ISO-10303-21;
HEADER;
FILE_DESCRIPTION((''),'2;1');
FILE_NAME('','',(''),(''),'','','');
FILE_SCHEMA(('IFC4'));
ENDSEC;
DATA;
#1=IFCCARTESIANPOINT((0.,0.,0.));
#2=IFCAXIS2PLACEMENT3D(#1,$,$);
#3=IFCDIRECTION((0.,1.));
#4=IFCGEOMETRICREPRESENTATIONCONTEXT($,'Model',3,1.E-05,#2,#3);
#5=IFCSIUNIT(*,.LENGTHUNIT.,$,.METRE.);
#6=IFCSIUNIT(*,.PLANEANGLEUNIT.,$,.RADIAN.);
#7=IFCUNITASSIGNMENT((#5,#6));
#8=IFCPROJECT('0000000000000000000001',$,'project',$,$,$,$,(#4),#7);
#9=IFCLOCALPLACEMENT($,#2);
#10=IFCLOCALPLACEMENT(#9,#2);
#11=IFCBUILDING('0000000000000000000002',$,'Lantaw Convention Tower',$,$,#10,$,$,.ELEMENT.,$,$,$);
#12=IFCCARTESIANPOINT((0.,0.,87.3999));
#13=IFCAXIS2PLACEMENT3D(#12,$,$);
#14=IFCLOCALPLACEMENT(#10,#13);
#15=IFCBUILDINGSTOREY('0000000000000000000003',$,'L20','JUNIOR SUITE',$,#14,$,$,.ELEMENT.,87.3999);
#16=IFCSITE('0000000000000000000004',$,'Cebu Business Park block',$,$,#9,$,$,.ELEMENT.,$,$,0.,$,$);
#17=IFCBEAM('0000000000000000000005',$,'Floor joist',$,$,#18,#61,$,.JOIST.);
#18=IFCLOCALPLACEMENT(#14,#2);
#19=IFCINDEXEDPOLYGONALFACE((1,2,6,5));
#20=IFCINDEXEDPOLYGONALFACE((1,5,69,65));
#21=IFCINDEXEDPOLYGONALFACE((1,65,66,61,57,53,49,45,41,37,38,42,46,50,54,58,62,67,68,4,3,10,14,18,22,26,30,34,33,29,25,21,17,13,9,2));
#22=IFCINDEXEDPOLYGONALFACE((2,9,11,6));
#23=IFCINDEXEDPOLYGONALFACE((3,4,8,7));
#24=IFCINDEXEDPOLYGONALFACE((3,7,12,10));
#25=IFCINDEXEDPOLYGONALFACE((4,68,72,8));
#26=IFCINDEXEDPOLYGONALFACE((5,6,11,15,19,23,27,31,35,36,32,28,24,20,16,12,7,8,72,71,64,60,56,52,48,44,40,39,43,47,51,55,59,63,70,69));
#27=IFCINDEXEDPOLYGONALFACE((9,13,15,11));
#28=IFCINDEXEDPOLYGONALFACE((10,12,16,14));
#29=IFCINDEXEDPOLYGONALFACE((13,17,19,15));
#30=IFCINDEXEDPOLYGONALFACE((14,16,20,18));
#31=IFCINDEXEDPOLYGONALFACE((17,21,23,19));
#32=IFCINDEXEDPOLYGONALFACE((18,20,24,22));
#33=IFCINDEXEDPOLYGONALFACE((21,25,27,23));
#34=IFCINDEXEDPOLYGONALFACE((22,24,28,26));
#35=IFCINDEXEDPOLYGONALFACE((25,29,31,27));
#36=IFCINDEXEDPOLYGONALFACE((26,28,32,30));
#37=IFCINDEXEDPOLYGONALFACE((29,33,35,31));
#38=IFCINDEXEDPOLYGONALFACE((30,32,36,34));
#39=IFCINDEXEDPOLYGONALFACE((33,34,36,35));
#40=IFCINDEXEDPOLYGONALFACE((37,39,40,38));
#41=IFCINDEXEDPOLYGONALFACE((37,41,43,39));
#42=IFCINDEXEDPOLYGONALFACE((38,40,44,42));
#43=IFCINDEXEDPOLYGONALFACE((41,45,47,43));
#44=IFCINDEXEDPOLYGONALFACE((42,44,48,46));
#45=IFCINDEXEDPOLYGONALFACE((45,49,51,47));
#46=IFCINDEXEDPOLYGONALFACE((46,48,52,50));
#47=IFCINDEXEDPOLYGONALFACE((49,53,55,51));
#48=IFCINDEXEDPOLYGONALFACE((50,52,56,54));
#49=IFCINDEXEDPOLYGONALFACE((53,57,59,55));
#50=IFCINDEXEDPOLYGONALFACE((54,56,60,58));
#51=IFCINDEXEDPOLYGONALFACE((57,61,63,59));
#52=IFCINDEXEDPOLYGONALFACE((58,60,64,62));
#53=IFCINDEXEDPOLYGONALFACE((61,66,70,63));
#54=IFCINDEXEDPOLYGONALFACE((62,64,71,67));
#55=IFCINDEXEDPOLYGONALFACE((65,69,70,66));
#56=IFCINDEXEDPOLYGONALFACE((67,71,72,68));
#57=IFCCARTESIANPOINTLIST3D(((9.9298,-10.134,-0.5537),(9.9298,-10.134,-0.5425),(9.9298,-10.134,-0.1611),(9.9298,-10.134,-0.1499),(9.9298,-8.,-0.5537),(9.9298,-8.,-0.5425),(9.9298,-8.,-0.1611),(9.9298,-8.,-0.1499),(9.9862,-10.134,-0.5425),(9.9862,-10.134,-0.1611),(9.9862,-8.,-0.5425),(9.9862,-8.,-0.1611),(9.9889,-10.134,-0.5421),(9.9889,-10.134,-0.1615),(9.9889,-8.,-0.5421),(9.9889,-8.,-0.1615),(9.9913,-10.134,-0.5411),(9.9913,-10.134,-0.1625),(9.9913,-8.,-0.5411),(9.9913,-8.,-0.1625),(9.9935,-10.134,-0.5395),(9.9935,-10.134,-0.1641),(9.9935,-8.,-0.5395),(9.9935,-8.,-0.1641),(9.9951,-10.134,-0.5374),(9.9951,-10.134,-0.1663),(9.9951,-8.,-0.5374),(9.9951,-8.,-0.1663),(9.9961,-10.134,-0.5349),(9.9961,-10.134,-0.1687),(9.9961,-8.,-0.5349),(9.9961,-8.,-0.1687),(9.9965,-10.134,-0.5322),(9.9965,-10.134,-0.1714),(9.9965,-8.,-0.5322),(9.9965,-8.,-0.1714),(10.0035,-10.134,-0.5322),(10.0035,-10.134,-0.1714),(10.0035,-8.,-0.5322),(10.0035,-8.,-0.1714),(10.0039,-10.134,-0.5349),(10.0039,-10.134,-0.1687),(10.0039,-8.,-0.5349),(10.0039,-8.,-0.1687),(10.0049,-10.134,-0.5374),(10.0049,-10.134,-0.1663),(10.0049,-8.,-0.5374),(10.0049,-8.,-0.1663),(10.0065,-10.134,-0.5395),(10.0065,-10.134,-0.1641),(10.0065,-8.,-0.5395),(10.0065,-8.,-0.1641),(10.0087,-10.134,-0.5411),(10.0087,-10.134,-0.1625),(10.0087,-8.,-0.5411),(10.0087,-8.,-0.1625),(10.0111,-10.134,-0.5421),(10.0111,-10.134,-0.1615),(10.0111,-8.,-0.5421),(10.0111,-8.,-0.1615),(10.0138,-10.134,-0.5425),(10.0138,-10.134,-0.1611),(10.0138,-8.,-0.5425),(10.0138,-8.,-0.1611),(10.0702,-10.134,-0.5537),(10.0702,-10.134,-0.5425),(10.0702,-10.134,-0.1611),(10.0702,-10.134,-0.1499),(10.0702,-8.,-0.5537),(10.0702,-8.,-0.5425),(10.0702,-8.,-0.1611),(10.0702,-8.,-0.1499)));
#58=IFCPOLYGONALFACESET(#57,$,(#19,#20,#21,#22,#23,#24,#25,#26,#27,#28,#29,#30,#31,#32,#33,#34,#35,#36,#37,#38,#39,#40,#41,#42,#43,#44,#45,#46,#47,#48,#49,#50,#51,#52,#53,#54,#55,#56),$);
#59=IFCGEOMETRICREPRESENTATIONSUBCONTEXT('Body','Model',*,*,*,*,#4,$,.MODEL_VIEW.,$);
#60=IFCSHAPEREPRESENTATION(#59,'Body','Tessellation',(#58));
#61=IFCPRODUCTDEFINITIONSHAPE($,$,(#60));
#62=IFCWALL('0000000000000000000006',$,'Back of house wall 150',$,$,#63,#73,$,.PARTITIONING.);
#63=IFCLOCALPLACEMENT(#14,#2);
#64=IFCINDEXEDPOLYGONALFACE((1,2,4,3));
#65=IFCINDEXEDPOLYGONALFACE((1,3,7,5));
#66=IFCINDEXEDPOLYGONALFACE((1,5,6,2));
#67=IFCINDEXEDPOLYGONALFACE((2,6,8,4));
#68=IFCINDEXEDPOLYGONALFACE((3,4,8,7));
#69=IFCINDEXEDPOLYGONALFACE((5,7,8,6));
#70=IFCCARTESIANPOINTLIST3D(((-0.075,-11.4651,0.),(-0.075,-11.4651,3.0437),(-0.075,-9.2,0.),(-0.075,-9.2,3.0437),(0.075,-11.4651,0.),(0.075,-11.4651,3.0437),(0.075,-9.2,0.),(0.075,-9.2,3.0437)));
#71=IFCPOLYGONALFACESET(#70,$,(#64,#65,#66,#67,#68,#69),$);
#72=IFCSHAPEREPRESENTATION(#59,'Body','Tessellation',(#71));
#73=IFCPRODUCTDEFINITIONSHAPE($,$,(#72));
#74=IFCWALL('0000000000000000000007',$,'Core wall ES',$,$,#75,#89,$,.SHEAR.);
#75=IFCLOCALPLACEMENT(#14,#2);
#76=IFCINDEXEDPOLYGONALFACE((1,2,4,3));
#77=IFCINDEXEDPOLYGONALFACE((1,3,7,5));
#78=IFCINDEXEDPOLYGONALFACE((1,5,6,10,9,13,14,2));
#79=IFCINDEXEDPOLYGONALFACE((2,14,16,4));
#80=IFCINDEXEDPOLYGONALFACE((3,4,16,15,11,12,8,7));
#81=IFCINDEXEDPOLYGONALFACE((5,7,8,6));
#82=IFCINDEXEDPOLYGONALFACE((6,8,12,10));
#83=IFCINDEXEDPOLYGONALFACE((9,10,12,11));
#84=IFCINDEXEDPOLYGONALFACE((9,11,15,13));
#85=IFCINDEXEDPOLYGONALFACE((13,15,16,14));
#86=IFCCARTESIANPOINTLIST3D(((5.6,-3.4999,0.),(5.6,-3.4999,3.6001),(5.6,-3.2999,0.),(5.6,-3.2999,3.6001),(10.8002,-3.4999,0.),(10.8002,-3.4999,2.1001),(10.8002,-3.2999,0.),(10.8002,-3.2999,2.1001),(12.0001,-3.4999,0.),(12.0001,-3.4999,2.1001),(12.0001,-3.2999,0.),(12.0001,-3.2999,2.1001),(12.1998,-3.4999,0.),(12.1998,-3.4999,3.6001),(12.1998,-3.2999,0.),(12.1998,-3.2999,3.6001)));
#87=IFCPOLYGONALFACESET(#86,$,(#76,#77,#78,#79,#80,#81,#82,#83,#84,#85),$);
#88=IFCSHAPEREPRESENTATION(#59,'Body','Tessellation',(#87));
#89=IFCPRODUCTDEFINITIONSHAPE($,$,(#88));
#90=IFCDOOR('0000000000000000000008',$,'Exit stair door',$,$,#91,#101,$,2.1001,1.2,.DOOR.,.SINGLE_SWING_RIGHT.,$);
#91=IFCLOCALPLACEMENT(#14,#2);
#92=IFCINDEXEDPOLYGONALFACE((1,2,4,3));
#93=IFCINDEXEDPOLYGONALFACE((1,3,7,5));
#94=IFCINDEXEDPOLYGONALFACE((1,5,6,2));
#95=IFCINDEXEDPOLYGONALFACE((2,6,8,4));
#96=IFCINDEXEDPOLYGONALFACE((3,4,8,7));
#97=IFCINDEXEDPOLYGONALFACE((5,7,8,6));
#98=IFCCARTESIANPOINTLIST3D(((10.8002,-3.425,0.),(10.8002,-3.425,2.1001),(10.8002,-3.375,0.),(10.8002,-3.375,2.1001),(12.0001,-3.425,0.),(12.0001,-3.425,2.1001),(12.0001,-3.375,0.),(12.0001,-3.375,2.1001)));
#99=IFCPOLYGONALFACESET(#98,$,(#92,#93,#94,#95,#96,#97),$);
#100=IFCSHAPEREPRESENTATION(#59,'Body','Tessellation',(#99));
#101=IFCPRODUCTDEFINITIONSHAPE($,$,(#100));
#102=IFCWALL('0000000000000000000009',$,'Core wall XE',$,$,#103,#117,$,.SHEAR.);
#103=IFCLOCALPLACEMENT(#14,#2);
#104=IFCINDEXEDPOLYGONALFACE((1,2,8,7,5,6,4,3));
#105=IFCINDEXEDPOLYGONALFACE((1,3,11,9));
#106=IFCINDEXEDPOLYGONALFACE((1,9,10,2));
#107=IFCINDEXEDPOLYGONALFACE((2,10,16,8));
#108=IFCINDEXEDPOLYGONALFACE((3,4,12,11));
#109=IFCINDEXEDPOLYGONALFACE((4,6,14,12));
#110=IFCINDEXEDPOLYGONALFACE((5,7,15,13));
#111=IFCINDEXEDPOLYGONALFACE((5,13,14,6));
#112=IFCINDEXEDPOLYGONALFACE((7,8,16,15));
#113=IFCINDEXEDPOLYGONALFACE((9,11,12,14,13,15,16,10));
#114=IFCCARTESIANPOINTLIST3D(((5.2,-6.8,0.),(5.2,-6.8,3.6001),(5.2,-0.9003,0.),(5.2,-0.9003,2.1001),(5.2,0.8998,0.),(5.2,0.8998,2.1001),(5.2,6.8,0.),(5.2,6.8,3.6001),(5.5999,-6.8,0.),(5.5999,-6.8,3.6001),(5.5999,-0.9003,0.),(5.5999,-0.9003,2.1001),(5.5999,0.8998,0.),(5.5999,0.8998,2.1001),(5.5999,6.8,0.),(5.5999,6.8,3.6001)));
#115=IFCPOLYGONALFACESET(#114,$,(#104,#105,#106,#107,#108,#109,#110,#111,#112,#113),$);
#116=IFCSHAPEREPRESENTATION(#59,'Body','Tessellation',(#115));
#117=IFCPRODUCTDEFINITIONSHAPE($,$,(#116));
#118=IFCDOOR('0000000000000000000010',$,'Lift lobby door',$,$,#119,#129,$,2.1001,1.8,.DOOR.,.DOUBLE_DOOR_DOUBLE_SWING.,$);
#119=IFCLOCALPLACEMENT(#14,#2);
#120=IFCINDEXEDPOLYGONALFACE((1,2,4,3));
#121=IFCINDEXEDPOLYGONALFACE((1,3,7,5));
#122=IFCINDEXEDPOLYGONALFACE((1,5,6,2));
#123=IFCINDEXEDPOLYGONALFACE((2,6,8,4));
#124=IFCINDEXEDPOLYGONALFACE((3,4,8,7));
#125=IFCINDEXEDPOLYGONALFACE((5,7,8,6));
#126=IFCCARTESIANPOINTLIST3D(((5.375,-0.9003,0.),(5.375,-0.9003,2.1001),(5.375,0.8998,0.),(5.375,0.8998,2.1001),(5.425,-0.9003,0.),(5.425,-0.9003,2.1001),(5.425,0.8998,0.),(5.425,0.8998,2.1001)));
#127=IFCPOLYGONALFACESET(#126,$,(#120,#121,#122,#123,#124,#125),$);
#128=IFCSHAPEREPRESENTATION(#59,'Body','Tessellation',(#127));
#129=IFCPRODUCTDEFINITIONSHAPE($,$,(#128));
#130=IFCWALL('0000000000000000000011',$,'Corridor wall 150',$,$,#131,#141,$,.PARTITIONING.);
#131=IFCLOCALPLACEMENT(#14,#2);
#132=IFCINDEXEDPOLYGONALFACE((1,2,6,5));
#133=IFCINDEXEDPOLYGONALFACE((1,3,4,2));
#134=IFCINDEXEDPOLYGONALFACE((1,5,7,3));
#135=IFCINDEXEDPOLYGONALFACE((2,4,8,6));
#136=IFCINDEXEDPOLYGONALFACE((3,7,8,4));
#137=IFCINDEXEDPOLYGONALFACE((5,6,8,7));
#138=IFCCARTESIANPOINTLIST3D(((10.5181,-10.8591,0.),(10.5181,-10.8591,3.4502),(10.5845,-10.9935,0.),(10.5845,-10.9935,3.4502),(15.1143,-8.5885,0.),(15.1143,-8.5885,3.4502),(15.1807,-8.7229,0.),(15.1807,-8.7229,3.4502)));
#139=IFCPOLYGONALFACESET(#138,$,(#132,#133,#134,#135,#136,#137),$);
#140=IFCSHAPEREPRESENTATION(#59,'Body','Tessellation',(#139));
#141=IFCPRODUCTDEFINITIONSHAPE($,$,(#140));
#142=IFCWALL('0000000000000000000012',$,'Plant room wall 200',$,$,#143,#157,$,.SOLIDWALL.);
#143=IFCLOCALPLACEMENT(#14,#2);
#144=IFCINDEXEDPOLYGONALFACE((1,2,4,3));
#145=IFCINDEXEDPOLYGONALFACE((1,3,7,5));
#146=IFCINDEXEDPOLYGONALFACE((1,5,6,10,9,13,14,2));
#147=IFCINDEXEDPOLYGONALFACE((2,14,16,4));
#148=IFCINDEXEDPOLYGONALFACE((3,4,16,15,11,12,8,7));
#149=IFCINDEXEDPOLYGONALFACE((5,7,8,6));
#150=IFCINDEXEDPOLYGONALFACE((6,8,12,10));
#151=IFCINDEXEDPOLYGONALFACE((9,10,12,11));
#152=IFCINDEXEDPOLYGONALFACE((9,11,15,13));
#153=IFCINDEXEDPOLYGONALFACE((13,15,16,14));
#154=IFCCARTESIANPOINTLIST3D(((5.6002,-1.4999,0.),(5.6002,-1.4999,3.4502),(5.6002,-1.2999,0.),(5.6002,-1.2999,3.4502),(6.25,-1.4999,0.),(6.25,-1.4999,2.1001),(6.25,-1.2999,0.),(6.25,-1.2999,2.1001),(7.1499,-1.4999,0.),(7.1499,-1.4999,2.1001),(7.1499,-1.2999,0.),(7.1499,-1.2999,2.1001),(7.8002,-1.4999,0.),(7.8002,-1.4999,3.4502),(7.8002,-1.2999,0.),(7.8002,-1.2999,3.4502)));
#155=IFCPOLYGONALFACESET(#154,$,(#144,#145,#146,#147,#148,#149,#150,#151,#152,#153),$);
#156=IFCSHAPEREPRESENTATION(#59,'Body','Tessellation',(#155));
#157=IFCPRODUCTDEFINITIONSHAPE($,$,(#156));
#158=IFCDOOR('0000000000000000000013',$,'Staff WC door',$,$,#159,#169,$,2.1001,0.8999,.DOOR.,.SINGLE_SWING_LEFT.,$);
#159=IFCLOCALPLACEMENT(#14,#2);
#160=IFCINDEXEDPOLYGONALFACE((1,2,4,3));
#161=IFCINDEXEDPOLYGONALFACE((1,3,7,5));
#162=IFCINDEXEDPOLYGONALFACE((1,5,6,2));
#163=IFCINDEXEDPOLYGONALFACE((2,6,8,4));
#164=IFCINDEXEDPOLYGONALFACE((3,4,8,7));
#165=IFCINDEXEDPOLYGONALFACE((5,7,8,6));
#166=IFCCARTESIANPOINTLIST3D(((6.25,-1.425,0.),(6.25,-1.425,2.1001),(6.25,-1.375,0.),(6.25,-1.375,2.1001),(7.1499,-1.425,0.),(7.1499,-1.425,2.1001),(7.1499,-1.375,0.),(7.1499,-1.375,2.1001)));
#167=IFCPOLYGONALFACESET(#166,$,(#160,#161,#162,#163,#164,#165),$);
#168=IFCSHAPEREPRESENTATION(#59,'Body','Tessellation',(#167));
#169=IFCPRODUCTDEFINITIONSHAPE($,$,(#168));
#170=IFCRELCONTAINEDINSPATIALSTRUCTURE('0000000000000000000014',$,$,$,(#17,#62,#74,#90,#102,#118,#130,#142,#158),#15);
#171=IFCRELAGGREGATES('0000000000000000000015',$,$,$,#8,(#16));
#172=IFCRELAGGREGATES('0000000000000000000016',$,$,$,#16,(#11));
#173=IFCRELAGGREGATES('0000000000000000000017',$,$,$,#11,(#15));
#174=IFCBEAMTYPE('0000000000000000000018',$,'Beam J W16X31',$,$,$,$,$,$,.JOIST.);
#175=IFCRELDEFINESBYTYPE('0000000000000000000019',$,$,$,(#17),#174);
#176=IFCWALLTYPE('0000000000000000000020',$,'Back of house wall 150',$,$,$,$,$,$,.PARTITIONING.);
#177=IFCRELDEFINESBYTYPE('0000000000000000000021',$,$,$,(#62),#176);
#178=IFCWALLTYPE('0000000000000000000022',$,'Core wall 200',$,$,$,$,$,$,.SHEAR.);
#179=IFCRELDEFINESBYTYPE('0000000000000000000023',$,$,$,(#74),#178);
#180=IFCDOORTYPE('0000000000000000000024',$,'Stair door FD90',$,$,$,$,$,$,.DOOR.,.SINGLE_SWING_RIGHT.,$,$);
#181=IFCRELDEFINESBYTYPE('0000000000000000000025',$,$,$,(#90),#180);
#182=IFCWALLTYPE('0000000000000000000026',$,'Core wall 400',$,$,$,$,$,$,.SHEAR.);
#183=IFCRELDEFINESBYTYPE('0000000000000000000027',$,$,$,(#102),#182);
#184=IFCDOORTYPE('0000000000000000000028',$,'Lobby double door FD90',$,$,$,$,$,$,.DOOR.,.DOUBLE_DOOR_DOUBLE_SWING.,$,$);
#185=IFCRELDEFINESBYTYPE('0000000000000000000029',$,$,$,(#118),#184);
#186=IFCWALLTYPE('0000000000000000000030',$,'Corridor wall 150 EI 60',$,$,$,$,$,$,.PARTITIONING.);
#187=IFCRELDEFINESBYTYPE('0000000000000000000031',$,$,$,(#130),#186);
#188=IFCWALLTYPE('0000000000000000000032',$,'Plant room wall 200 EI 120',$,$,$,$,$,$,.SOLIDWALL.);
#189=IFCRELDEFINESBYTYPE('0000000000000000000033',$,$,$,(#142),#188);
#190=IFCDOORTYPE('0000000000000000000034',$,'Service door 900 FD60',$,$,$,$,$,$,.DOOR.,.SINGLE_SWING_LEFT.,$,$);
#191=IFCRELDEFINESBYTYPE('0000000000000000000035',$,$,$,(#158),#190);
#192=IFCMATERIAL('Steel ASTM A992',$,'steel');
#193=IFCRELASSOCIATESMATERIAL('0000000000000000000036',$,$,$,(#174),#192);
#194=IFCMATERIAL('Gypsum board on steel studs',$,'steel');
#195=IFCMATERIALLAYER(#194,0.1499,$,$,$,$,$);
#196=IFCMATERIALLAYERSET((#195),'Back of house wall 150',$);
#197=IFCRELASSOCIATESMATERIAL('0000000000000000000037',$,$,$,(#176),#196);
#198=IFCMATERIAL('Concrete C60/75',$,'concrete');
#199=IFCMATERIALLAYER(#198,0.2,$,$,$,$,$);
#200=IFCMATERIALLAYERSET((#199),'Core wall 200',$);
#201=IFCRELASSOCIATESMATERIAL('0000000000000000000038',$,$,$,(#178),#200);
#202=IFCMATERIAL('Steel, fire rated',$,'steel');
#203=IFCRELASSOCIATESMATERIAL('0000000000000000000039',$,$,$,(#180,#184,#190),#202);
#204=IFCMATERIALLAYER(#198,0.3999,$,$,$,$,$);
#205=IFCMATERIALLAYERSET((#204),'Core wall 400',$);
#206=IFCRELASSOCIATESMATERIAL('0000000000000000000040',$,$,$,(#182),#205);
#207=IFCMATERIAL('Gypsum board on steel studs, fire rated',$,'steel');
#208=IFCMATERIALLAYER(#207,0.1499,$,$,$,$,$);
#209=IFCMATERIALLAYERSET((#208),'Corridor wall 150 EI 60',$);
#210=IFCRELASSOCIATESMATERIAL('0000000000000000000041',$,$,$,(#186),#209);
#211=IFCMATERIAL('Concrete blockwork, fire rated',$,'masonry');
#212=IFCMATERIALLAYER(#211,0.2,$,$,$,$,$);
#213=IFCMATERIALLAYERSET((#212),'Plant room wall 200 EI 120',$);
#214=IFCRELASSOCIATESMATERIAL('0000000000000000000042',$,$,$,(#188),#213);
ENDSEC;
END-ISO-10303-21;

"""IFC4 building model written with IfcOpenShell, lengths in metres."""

from ifc_helpers import new_model, si_unit, direction, frame, frame_2d, origin, origin_2d, place, context, subcontext, project, spatial, rectangle, i_section, extrude, material, layer, layer_set, material_profile, profile_set, type_object, element, fill, save


model = new_model("IFC4")

# Units and contexts
model_context = context("Model", 3, precision=1e-05, world=origin(), true_north=direction((0.0, 1.0)))
body_context = subcontext(model_context, "Body", "Model", "MODEL_VIEW")
ifc_project = project(units=[si_unit("LENGTHUNIT", "METRE"), si_unit("PLANEANGLEUNIT", "RADIAN")], contexts=[model_context])

# Site, building, storey
site_placement = place(None, origin())
site = spatial("IfcSite", under=ifc_project, at=site_placement, Name="Cebu Business Park block", CompositionType="ELEMENT", RefElevation=0.0)
building_placement = place(site_placement, origin())
building = spatial("IfcBuilding", under=site, at=building_placement, Name="Lantaw Convention Tower", CompositionType="ELEMENT")
storey_placement = place(building_placement, frame((0.0, 0.0, 87.3999)))
storey = spatial("IfcBuildingStorey", under=building, at=storey_placement, Name="L20", Description="JUNIOR SUITE", CompositionType="ELEMENT", Elevation=87.3999)

# Beam
ifc_material_1 = material(Name="Steel ASTM A992", Category="steel")
ifc_material_profile_1 = material_profile(ifc_material_1, i_section(OverallWidth=0.1404, OverallDepth=0.4038, WebThickness=0.0071, FlangeThickness=0.0112, FilletRadius=0.0103, at=origin_2d()), Name="W16X31")
ifc_profile_set_1 = profile_set([ifc_material_profile_1], Name="Steel ASTM A992")
beam_type_1 = type_object("IfcBeamType", Name="Beam J W16X31", PredefinedType="JOIST", material=ifc_profile_set_1)
beam_1_placement = place(storey_placement, frame((10.0, -10.134, -0.3518), z_axis=(0.0, 1.0, 0.0), x_axis=(-1.0, 0.0, 0.0)))
element("IfcBeam", 1, at=beam_1_placement, inside=storey, type_object=beam_type_1, Name="Floor joist", PredefinedType="JOIST", context=body_context, shape_type="SweptSolid", body=[
    extrude(i_section(OverallWidth=0.1404, OverallDepth=0.4038, WebThickness=0.0071, FlangeThickness=0.0112, FilletRadius=0.0103, at=origin_2d()), origin(), (0.0, 0.0, 1.0), 2.134),
])

# Wall
ifc_material_2 = material(Name="Gypsum board on steel studs", Category="steel")
ifc_layer_1 = layer(ifc_material_2, 0.1499)
ifc_layer_set_1 = layer_set([ifc_layer_1], Name="Back of house wall 150")
wall_type_1 = type_object("IfcWallType", Name="Back of house wall 150", PredefinedType="PARTITIONING", material=ifc_layer_set_1)
wall_1_placement = place(storey_placement, frame((0.0, -9.2, 0.0), z_axis=(0.0, 0.0, 1.0), x_axis=(0.0, -1.0, 0.0)))
element("IfcWall", 2, at=wall_1_placement, inside=storey, type_object=wall_type_1, Name="Back of house wall 150", PredefinedType="PARTITIONING", context=body_context, shape_type="SweptSolid", body=[
    extrude(rectangle(XDim=2.2651, YDim=0.1499, at=frame_2d((1.1326, 0.0))), origin(), (0.0, 0.0, 1.0), 3.0437),
])

# Walls, openings, doors
ifc_material_3 = material(Name="Concrete C60/75", Category="concrete")
ifc_layer_2 = layer(ifc_material_3, 0.2)
ifc_layer_set_2 = layer_set([ifc_layer_2], Name="Core wall 200")
wall_type_2 = type_object("IfcWallType", Name="Core wall 200", PredefinedType="SHEAR", material=ifc_layer_set_2)
wall_2_placement = place(storey_placement, frame((5.6001, -3.3999, 0.0), z_axis=(0.0, 0.0, 1.0), x_axis=(1.0, 0.0, 0.0)))
wall_2 = element("IfcWall", 3, at=wall_2_placement, inside=storey, type_object=wall_type_2, Name="Core wall ES", PredefinedType="SHEAR", context=body_context, shape_type="SweptSolid", body=[
    extrude(rectangle(XDim=6.5999, YDim=0.2, at=frame_2d((3.2998, 0.0))), origin(), (0.0, 0.0, 1.0), 3.6001),
])
opening_1_placement = place(wall_2_placement, frame((5.2, 0.0, 0.0)))
opening_1 = element("IfcOpeningElement", 4, at=opening_1_placement, cuts=wall_2, PredefinedType="OPENING", context=body_context, shape_type="SweptSolid", body=[
    extrude(rectangle(XDim=1.2, YDim=2.1001, at=frame_2d((0.6001, 1.05))), frame((0.0, 0.1099, 0.0), z_axis=(0.0, -1.0, 0.0), x_axis=(1.0, 0.0, 0.0)), (0.0, 0.0, 1.0), 0.22),
])
ifc_material_4 = material(Name="Steel, fire rated", Category="steel")
door_type_1 = type_object("IfcDoorType", Name="Stair door FD90", OperationType="SINGLE_SWING_RIGHT", PredefinedType="DOOR", material=ifc_material_4)
door_1_placement = place(opening_1_placement, origin())
door_1 = element("IfcDoor", 5, at=door_1_placement, inside=storey, type_object=door_type_1, Name="Exit stair door", OperationType="SINGLE_SWING_RIGHT", OverallHeight=2.1001, OverallWidth=1.2, PredefinedType="DOOR", context=body_context, shape_type="SweptSolid", body=[
    extrude(rectangle(XDim=1.2, YDim=2.1001, at=frame_2d((0.6001, 1.05))), frame((0.0, 0.0249, 0.0), z_axis=(0.0, -1.0, 0.0), x_axis=(1.0, 0.0, 0.0)), (0.0, 0.0, 1.0), 0.05),
])
fill(opening_1, door_1)
ifc_layer_3 = layer(ifc_material_3, 0.3999)
ifc_layer_set_3 = layer_set([ifc_layer_3], Name="Core wall 400")
wall_type_3 = type_object("IfcWallType", Name="Core wall 400", PredefinedType="SHEAR", material=ifc_layer_set_3)
wall_3_placement = place(storey_placement, frame((5.3999, -6.8, 0.0), z_axis=(0.0, 0.0, 1.0), x_axis=(0.0, 1.0, 0.0)))
wall_3 = element("IfcWall", 6, at=wall_3_placement, inside=storey, type_object=wall_type_3, Name="Core wall XE", PredefinedType="SHEAR", context=body_context, shape_type="SweptSolid", body=[
    extrude(rectangle(XDim=13.6001, YDim=0.3999, at=frame_2d((6.8, 0.0))), origin(), (0.0, 0.0, 1.0), 3.6001),
])
opening_2_placement = place(wall_3_placement, frame((5.8999, 0.0, 0.0)))
opening_2 = element("IfcOpeningElement", 7, at=opening_2_placement, cuts=wall_3, PredefinedType="OPENING", context=body_context, shape_type="SweptSolid", body=[
    extrude(rectangle(XDim=1.8, YDim=2.1001, at=frame_2d((0.8999, 1.05))), frame((0.0, 0.21, 0.0), z_axis=(0.0, -1.0, 0.0), x_axis=(1.0, 0.0, 0.0)), (0.0, 0.0, 1.0), 0.4199),
])
door_type_2 = type_object("IfcDoorType", Name="Lobby double door FD90", OperationType="DOUBLE_DOOR_DOUBLE_SWING", PredefinedType="DOOR", material=ifc_material_4)
door_2_placement = place(opening_2_placement, origin())
door_2 = element("IfcDoor", 8, at=door_2_placement, inside=storey, type_object=door_type_2, Name="Lift lobby door", OperationType="DOUBLE_DOOR_DOUBLE_SWING", OverallHeight=2.1001, OverallWidth=1.8, PredefinedType="DOOR", context=body_context, shape_type="SweptSolid", body=[
    extrude(rectangle(XDim=1.8, YDim=2.1001, at=frame_2d((0.8999, 1.05))), frame((0.0, 0.0249, 0.0), z_axis=(0.0, -1.0, 0.0), x_axis=(1.0, 0.0, 0.0)), (0.0, 0.0, 1.0), 0.05),
])
fill(opening_2, door_2)

# Wall
ifc_material_5 = material(Name="Gypsum board on steel studs, fire rated", Category="steel")
ifc_layer_4 = layer(ifc_material_5, 0.1499)
ifc_layer_set_4 = layer_set([ifc_layer_4], Name="Corridor wall 150 EI 60")
wall_type_4 = type_object("IfcWallType", Name="Corridor wall 150 EI 60", PredefinedType="PARTITIONING", material=ifc_layer_set_4)
wall_4_placement = place(storey_placement, frame((10.5513, -10.9263, 0.0), z_axis=(0.0, 0.0, 1.0), x_axis=(0.896569, 0.442903, 0.0)))
element("IfcWall", 9, at=wall_4_placement, inside=storey, type_object=wall_type_4, Name="Corridor wall 150", PredefinedType="PARTITIONING", context=body_context, shape_type="SweptSolid", body=[
    extrude(rectangle(XDim=5.1265, YDim=0.1499, at=frame_2d((2.5632, 0.0))), origin(), (0.0, 0.0, 1.0), 3.4502),
])

# Wall, opening, door
ifc_material_6 = material(Name="Concrete blockwork, fire rated", Category="masonry")
ifc_layer_5 = layer(ifc_material_6, 0.2)
ifc_layer_set_5 = layer_set([ifc_layer_5], Name="Plant room wall 200 EI 120")
wall_type_5 = type_object("IfcWallType", Name="Plant room wall 200 EI 120", PredefinedType="SOLIDWALL", material=ifc_layer_set_5)
wall_5_placement = place(storey_placement, frame((5.6001, -1.3999, 0.0), z_axis=(0.0, 0.0, 1.0), x_axis=(1.0, 0.0, 0.0)))
wall_5 = element("IfcWall", 10, at=wall_5_placement, inside=storey, type_object=wall_type_5, Name="Plant room wall 200", PredefinedType="SOLIDWALL", context=body_context, shape_type="SweptSolid", body=[
    extrude(rectangle(XDim=2.2, YDim=0.2, at=frame_2d((1.1001, 0.0))), origin(), (0.0, 0.0, 1.0), 3.4502),
])
opening_3_placement = place(wall_5_placement, frame((0.6499, 0.0, 0.0)))
opening_3 = element("IfcOpeningElement", 11, at=opening_3_placement, cuts=wall_5, PredefinedType="OPENING", context=body_context, shape_type="SweptSolid", body=[
    extrude(rectangle(XDim=0.8999, YDim=2.1001, at=frame_2d((0.45, 1.05))), frame((0.0, 0.1099, 0.0), z_axis=(0.0, -1.0, 0.0), x_axis=(1.0, 0.0, 0.0)), (0.0, 0.0, 1.0), 0.22),
])
door_type_3 = type_object("IfcDoorType", Name="Service door 900 FD60", OperationType="SINGLE_SWING_LEFT", PredefinedType="DOOR", material=ifc_material_4)
door_3_placement = place(opening_3_placement, origin())
door_3 = element("IfcDoor", 12, at=door_3_placement, inside=storey, type_object=door_type_3, Name="Staff WC door", OperationType="SINGLE_SWING_LEFT", OverallHeight=2.1001, OverallWidth=0.8999, PredefinedType="DOOR", context=body_context, shape_type="SweptSolid", body=[
    extrude(rectangle(XDim=0.8999, YDim=2.1001, at=frame_2d((0.45, 1.05))), frame((0.0, 0.0249, 0.0), z_axis=(0.0, -1.0, 0.0), x_axis=(1.0, 0.0, 0.0)), (0.0, 0.0, 1.0), 0.05),
])
fill(opening_3, door_3)

save(model, "model.ifc")
